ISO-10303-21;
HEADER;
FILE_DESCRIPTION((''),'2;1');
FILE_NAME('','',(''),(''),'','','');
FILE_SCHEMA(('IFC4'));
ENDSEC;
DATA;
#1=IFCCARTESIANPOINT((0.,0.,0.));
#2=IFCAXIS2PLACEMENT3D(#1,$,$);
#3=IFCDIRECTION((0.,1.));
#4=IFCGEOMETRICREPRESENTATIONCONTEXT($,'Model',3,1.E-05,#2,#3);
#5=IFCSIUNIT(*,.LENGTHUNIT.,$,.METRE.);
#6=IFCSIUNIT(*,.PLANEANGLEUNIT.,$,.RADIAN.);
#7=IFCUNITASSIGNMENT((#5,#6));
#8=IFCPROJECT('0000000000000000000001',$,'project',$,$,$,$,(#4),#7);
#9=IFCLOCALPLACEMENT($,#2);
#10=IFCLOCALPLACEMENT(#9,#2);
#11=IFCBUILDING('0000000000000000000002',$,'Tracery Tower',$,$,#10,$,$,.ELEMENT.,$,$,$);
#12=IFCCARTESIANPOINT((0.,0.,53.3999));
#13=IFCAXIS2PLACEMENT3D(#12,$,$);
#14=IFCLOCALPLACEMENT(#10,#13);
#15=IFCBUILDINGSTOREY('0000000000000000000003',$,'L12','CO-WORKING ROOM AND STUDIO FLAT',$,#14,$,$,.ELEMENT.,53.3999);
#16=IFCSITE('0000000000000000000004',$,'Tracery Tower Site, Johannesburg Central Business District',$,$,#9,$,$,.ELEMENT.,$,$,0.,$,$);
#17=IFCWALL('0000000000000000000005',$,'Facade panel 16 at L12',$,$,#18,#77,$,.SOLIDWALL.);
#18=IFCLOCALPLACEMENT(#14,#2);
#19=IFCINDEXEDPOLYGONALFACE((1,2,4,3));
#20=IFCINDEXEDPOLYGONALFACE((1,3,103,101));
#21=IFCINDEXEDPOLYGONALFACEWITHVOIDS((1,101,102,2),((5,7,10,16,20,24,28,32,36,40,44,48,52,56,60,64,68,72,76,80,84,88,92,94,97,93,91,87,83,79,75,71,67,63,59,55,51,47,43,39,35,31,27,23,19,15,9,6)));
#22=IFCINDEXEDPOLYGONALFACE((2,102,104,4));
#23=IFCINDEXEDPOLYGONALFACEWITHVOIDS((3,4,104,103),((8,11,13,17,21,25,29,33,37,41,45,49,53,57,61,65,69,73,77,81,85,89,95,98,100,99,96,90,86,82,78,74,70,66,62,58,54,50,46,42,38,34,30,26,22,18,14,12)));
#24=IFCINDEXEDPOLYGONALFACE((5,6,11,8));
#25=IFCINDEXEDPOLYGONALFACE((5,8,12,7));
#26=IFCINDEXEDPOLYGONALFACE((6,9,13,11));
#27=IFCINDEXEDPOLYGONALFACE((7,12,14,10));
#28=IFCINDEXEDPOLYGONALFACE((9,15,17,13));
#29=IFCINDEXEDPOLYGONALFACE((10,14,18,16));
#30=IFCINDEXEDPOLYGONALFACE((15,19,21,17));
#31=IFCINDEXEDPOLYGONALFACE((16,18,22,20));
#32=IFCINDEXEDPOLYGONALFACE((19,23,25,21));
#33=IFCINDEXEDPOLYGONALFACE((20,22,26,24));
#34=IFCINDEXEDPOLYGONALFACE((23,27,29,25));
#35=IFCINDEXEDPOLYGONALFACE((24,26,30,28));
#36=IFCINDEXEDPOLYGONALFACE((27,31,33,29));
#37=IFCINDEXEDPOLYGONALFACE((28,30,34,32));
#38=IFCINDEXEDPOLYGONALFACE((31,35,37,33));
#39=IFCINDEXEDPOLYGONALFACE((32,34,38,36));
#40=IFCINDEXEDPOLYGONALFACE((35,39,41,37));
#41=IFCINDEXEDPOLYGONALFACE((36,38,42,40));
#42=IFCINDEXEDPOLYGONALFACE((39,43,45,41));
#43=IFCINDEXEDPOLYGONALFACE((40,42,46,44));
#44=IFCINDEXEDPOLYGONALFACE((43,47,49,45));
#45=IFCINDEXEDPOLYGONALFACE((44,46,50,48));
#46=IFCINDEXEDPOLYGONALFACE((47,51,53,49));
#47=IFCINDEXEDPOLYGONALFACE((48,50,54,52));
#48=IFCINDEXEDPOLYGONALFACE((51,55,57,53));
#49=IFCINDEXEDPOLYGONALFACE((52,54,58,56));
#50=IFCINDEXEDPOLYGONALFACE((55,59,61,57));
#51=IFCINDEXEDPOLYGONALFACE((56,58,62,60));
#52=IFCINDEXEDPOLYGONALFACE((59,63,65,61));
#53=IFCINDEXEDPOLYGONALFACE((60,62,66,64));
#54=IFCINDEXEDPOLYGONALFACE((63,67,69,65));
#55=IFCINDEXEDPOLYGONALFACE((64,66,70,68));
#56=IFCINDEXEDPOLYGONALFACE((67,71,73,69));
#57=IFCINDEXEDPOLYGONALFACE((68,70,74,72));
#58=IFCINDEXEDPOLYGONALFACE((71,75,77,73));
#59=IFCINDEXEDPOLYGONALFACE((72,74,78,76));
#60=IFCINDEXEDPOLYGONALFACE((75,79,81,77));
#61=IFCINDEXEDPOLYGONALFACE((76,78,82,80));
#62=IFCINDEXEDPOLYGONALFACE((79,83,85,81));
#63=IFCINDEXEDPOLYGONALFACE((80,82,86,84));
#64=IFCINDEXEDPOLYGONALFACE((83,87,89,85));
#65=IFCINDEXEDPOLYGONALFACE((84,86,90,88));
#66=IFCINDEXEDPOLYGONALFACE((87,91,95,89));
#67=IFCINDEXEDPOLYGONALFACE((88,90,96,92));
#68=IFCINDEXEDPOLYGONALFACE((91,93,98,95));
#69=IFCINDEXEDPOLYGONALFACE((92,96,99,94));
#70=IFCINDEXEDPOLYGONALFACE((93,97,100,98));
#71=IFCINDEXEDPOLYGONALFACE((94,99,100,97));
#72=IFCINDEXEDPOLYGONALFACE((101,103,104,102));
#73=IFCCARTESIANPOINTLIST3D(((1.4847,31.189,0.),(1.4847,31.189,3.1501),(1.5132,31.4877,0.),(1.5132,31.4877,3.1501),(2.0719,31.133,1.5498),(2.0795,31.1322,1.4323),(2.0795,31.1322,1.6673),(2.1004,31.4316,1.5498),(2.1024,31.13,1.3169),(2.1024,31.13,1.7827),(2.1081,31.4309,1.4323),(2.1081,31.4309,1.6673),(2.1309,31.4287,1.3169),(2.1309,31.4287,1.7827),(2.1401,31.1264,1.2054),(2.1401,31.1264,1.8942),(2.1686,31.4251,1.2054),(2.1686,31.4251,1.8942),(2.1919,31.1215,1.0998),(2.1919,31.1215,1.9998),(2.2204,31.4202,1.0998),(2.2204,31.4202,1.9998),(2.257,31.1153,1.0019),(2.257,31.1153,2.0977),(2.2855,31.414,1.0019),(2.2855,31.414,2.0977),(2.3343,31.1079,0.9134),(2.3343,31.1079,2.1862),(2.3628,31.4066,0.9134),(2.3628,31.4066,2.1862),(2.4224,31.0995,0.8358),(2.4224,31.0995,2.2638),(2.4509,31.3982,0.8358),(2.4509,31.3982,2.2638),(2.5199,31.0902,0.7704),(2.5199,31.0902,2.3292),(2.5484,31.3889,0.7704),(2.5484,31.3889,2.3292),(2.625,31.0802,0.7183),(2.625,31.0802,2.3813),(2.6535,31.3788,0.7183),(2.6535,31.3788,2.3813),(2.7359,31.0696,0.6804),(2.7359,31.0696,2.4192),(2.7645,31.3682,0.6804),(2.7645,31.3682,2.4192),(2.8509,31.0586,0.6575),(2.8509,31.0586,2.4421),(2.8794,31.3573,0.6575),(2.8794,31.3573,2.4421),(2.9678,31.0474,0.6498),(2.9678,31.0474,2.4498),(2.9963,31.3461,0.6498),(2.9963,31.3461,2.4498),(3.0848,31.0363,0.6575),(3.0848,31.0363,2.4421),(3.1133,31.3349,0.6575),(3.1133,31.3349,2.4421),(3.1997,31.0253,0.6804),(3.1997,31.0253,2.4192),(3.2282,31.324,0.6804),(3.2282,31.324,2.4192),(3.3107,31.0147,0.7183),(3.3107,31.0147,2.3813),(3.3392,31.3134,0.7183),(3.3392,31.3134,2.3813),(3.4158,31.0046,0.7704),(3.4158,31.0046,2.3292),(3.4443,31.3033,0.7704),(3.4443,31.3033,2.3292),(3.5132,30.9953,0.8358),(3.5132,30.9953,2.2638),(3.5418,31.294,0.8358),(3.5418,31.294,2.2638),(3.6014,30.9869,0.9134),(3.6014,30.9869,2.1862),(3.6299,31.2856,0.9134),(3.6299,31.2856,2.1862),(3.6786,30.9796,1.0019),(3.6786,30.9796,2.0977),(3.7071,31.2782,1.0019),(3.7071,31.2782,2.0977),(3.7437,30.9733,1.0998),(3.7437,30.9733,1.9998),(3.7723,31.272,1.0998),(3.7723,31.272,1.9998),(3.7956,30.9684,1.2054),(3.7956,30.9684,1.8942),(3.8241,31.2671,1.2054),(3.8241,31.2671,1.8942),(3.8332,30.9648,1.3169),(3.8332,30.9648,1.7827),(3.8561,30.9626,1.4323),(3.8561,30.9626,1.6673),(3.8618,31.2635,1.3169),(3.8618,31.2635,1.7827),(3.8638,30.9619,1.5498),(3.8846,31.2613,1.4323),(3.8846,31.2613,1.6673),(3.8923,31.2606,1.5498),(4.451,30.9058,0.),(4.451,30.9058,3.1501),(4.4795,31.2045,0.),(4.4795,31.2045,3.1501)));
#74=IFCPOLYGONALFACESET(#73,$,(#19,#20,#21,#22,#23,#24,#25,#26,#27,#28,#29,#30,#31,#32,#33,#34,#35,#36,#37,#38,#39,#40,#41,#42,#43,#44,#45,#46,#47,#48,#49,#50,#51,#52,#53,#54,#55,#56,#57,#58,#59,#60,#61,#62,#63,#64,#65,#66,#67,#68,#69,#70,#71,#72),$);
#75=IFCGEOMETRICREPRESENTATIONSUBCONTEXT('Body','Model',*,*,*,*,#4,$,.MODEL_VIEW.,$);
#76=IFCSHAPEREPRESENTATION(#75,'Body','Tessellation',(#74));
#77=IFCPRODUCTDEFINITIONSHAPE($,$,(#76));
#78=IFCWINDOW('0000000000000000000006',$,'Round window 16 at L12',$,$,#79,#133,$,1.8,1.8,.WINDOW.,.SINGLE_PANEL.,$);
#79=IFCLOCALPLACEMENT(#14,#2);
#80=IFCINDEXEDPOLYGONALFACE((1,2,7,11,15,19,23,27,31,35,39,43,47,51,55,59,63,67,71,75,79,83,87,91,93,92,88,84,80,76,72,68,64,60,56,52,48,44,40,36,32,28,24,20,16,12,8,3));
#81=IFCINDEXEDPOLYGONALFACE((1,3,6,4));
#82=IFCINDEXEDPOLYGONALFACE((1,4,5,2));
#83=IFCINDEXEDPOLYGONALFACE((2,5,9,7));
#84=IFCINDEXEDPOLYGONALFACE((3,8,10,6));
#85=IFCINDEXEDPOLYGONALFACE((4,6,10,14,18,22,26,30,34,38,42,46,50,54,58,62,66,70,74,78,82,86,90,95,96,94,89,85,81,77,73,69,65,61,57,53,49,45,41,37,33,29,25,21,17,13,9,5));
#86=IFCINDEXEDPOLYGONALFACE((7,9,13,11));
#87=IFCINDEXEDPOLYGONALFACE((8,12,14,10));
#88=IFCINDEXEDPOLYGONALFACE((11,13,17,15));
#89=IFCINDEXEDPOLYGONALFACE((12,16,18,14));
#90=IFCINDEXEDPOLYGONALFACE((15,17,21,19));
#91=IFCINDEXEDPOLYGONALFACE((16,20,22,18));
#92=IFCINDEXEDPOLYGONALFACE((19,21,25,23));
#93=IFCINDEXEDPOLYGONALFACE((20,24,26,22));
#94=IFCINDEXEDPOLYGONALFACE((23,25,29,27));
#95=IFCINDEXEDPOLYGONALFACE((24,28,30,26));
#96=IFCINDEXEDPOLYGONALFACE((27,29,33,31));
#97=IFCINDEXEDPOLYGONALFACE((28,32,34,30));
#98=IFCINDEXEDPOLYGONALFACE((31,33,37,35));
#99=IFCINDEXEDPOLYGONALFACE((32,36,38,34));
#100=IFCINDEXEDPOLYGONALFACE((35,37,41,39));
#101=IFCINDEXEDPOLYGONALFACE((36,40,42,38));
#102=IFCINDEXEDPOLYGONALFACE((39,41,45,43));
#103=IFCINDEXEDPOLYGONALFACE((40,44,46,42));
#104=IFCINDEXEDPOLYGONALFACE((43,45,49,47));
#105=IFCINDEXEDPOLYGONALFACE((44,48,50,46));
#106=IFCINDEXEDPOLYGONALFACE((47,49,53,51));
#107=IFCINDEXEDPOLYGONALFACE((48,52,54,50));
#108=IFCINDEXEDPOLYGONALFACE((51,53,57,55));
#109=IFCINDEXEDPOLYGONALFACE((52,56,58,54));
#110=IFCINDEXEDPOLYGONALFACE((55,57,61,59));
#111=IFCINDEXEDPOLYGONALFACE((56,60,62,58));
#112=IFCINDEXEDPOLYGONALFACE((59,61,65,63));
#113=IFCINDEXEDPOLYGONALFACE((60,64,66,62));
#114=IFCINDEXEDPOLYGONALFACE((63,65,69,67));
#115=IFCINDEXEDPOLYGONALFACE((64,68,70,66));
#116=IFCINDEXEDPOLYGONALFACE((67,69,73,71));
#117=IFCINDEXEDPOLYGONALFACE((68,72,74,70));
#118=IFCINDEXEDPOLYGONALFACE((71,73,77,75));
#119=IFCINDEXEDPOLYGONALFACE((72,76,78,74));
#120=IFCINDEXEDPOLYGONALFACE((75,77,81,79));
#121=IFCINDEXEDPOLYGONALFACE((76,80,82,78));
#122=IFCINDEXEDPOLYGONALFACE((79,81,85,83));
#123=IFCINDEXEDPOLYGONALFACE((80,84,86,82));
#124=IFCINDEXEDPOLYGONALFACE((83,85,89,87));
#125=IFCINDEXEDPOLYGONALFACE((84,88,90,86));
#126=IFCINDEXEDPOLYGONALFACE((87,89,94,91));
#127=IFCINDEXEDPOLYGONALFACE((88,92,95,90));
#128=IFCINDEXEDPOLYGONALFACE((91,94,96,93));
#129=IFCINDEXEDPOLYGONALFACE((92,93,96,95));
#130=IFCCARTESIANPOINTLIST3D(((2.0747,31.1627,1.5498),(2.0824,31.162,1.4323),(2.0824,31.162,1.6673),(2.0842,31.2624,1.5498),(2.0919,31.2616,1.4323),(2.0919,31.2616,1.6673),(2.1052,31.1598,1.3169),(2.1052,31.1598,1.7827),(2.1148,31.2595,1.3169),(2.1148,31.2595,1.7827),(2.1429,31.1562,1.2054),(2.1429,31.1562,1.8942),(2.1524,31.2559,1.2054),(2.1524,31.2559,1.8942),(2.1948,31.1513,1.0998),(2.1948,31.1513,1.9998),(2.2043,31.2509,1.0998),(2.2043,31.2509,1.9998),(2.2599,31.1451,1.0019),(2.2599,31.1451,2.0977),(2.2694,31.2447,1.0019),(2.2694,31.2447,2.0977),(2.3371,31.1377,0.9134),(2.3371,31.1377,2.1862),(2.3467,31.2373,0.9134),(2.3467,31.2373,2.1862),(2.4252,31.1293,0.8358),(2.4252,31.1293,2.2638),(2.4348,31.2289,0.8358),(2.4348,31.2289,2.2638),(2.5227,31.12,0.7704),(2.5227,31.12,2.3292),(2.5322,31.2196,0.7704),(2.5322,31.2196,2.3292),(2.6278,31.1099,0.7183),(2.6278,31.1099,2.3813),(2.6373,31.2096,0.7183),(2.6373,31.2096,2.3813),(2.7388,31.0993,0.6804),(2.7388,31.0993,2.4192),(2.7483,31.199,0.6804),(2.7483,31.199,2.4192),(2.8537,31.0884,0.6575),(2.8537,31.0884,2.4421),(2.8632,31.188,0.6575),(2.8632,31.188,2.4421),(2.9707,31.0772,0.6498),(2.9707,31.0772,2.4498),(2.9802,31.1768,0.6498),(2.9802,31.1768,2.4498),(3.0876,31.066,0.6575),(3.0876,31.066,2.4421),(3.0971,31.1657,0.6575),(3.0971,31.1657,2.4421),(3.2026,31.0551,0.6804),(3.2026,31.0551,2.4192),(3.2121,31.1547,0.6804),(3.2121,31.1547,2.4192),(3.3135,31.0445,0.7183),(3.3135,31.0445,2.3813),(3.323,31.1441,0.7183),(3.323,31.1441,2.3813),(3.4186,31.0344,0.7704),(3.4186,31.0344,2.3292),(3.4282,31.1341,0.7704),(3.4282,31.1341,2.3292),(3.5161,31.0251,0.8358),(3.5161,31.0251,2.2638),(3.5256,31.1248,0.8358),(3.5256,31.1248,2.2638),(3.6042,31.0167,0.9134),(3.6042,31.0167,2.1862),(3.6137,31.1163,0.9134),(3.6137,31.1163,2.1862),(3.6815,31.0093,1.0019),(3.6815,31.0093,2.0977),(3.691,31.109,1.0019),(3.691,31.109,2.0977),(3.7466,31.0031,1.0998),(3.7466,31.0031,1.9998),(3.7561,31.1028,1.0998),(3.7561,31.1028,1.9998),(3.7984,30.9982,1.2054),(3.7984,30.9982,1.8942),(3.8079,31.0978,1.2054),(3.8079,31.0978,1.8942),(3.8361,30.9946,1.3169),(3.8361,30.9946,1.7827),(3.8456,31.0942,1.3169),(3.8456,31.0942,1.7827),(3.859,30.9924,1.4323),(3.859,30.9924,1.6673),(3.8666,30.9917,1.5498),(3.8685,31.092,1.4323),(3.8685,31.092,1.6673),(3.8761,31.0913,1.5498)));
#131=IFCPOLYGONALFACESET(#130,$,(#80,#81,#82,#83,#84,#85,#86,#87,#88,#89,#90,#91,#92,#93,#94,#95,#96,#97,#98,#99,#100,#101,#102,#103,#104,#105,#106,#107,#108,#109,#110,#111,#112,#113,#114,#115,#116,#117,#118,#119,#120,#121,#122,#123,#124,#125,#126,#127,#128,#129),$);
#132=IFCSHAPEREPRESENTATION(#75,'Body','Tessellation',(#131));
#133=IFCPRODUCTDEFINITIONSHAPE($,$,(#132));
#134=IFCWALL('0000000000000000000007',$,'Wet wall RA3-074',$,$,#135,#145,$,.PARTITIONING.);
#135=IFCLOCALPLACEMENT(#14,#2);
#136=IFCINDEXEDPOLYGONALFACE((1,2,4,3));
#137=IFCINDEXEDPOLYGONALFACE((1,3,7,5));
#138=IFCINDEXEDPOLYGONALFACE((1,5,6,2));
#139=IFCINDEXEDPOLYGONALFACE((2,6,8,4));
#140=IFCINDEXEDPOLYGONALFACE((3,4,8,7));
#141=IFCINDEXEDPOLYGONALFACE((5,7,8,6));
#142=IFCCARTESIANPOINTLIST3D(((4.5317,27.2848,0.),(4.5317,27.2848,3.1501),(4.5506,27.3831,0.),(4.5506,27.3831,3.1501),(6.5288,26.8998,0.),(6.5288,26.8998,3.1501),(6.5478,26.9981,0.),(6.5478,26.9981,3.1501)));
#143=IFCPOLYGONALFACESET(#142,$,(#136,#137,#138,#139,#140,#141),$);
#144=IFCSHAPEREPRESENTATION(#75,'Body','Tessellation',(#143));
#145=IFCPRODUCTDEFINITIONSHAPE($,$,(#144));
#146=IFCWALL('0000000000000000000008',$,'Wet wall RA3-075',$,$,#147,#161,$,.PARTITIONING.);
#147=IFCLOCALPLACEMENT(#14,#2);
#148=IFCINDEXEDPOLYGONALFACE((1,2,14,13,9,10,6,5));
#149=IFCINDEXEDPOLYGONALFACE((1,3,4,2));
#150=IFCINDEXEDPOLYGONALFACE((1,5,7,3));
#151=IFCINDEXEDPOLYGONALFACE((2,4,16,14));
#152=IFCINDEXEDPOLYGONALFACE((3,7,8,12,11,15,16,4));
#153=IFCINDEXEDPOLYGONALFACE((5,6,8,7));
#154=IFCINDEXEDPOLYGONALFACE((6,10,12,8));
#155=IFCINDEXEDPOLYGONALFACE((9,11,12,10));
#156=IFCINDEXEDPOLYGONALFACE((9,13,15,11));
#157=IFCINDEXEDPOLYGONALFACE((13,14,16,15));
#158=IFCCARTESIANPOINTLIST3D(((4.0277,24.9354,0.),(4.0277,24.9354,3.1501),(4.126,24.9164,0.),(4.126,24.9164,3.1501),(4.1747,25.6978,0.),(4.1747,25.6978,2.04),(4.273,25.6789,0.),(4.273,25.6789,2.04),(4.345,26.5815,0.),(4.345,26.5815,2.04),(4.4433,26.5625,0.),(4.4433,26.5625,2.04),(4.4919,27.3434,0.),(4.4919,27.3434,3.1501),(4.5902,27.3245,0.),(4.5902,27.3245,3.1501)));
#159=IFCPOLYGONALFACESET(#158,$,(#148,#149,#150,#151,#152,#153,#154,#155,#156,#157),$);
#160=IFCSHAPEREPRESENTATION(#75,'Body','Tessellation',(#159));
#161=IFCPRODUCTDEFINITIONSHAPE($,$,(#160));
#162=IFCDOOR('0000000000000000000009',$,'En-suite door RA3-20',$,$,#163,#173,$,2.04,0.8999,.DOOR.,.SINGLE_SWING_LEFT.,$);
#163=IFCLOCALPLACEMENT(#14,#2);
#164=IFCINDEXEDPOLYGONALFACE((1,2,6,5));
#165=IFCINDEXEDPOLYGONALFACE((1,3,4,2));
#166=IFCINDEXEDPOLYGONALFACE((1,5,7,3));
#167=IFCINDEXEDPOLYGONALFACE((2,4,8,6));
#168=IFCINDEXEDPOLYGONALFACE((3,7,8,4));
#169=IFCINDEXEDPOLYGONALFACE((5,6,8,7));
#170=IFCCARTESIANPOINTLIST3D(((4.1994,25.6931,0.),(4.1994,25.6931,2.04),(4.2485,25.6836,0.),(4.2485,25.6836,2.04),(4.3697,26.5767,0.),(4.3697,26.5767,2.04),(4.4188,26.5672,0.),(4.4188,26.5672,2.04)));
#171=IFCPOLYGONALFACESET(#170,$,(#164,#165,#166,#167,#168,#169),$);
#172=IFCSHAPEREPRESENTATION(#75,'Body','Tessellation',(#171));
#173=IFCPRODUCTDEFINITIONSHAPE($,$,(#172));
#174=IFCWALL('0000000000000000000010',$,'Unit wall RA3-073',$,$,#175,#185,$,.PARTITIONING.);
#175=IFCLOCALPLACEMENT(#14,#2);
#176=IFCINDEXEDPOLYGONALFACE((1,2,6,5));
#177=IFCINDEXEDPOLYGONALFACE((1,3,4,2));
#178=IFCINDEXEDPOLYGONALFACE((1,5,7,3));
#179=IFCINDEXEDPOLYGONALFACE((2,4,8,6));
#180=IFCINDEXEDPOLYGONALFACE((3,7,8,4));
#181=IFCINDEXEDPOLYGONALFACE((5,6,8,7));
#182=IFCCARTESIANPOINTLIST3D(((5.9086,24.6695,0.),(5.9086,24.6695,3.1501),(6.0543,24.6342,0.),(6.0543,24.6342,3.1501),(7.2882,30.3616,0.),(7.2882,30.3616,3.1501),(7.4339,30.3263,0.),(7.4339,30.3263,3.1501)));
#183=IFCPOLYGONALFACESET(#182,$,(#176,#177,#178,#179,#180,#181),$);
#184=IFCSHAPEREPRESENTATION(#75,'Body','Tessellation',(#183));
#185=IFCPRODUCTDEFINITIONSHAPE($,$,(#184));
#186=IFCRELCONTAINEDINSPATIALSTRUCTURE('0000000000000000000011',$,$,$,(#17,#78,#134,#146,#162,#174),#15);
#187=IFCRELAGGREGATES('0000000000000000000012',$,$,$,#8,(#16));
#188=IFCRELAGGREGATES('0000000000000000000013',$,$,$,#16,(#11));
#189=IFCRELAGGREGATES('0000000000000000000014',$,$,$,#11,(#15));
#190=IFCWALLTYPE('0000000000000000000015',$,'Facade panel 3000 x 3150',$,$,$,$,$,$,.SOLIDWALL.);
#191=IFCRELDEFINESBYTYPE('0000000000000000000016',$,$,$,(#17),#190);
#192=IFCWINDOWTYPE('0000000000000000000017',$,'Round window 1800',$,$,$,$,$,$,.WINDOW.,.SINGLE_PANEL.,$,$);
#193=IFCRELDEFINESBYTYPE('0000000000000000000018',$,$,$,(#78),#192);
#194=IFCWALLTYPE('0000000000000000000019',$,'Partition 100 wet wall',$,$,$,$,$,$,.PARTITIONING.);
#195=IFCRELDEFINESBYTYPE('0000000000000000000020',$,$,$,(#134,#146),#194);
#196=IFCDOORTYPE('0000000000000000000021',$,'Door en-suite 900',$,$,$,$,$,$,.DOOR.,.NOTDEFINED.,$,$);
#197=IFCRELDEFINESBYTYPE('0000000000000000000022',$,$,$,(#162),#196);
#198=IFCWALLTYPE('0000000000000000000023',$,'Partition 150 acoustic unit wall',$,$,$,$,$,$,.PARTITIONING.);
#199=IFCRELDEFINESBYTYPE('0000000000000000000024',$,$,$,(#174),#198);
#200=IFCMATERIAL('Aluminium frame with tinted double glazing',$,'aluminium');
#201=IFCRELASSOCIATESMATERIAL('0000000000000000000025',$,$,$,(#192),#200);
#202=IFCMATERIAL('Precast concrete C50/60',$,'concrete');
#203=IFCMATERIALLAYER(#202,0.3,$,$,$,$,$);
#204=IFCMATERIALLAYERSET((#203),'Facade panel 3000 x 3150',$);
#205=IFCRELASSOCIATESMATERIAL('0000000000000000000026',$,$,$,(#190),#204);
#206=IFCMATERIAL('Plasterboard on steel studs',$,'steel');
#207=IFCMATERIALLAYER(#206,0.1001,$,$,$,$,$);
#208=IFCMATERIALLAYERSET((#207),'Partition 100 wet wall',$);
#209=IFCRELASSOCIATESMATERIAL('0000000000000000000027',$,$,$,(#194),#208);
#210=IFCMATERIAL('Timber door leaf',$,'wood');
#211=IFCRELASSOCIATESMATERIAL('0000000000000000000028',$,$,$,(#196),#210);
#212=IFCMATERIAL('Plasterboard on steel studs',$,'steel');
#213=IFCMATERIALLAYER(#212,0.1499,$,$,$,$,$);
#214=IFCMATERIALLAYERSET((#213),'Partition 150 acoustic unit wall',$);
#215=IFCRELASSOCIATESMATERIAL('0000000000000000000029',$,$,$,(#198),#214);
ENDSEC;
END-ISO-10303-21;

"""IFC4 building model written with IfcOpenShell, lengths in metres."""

from ifc_helpers import new_model, si_unit, direction, frame, frame_2d, origin, origin_2d, place, context, subcontext, project, spatial, rectangle, circle, extrude, material, layer, layer_set, type_object, element, fill, save


model = new_model("IFC4")

# Units and contexts
model_context = context("Model", 3, precision=1e-05, world=origin(), true_north=direction((0.0, 1.0)))
body_context = subcontext(model_context, "Body", "Model", "MODEL_VIEW")
ifc_project = project(units=[si_unit("LENGTHUNIT", "METRE"), si_unit("PLANEANGLEUNIT", "RADIAN")], contexts=[model_context])

# Site, building, storey
site_placement = place(None, origin())
site = spatial("IfcSite", under=ifc_project, at=site_placement, Name="Tracery Tower Site, Johannesburg Central Business District", CompositionType="ELEMENT", RefElevation=0.0)
building_placement = place(site_placement, origin())
building = spatial("IfcBuilding", under=site, at=building_placement, Name="Tracery Tower", CompositionType="ELEMENT")
storey_placement = place(building_placement, frame((0.0, 0.0, 53.3999)))
storey = spatial("IfcBuildingStorey", under=building, at=storey_placement, Name="L12", Description="CO-WORKING ROOM AND STUDIO FLAT", CompositionType="ELEMENT", Elevation=53.3999)

# Wall, opening, window
ifc_material_1 = material(Name="Aluminium frame with tinted double glazing", Category="aluminium")
window_type = type_object("IfcWindowType", Name="Round window 1800", PartitioningType="SINGLE_PANEL", PredefinedType="WINDOW", material=ifc_material_1)
ifc_material_2 = material(Name="Precast concrete C50/60", Category="concrete")
ifc_layer_1 = layer(ifc_material_2, 0.3)
ifc_layer_set_1 = layer_set([ifc_layer_1], Name="Facade panel 3000 x 3150")
wall_type_1 = type_object("IfcWallType", Name="Facade panel 3000 x 3150", PredefinedType="SOLIDWALL", material=ifc_layer_set_1)
wall_1_placement = place(storey_placement, frame((4.4651, 31.0552, 0.0), z_axis=(0.0, 0.0, 1.0), x_axis=(-0.995473, 0.095041, 0.0)))
wall_1 = element("IfcWall", 1, at=wall_1_placement, inside=storey, type_object=wall_type_1, Name="Facade panel 16 at L12", PredefinedType="SOLIDWALL", context=body_context, shape_type="SweptSolid", body=[
    extrude(rectangle(XDim=2.9797, YDim=0.3, at=frame_2d((1.4897, 0.0))), origin(), (0.0, 0.0, 1.0), 3.1501),
])
opening_1_placement = place(wall_1_placement, frame((1.4897, 0.0, 1.5498)))
opening_1 = element("IfcOpeningElement", 2, at=opening_1_placement, cuts=wall_1, PredefinedType="OPENING", context=body_context, shape_type="SweptSolid", body=[
    extrude(circle(Radius=0.9, at=origin_2d()), frame((0.0, 0.1599, 0.0), z_axis=(0.0, -1.0, 0.0), x_axis=(1.0, 0.0, 0.0)), (0.0, 0.0, 1.0), 0.3201),
])
window_1_placement = place(opening_1_placement, origin())
window_1 = element("IfcWindow", 3, at=window_1_placement, inside=storey, type_object=window_type, Name="Round window 16 at L12", OverallHeight=1.8, OverallWidth=1.8, PartitioningType="SINGLE_PANEL", PredefinedType="WINDOW", context=body_context, shape_type="SweptSolid", body=[
    extrude(circle(Radius=0.9, at=origin_2d()), frame((0.0, 0.1201, 0.0), z_axis=(0.0, -1.0, 0.0), x_axis=(1.0, 0.0, 0.0)), (0.0, 0.0, 1.0), 0.1001),
])
fill(opening_1, window_1)

# Wall
ifc_material_3 = material(Name="Plasterboard on steel studs", Category="steel")
ifc_layer_2 = layer(ifc_material_3, 0.1001)
ifc_layer_set_2 = layer_set([ifc_layer_2], Name="Partition 100 wet wall")
wall_type_2 = type_object("IfcWallType", Name="Partition 100 wet wall", PredefinedType="PARTITIONING", material=ifc_layer_set_2)
wall_2_placement = place(storey_placement, frame((4.541, 27.334, 0.0), z_axis=(0.0, 0.0, 1.0), x_axis=(0.981919, -0.189302, 0.0)))
element("IfcWall", 4, at=wall_2_placement, inside=storey, type_object=wall_type_2, Name="Wet wall RA3-074", PredefinedType="PARTITIONING", context=body_context, shape_type="SweptSolid", body=[
    extrude(rectangle(XDim=2.0339, YDim=0.1001, at=frame_2d((1.0171, 0.0))), origin(), (0.0, 0.0, 1.0), 3.1501),
])

# Wall, opening, door
wall_3_placement = place(storey_placement, frame((4.0769, 24.926, 0.0), z_axis=(0.0, 0.0, 1.0), x_axis=(0.189257, 0.981928, 0.0)))
wall_3 = element("IfcWall", 5, at=wall_3_placement, inside=storey, type_object=wall_type_2, Name="Wet wall RA3-075", PredefinedType="PARTITIONING", context=body_context, shape_type="SweptSolid", body=[
    extrude(rectangle(XDim=2.4524, YDim=0.1001, at=frame_2d((1.2261, 0.0))), origin(), (0.0, 0.0, 1.0), 3.1501),
])
opening_2_placement = place(wall_3_placement, frame((0.7764, 0.0, 0.0)))
opening_2 = element("IfcOpeningElement", 6, at=opening_2_placement, cuts=wall_3, PredefinedType="OPENING", context=body_context, shape_type="SweptSolid", body=[
    extrude(rectangle(XDim=0.8999, YDim=2.04, at=frame_2d((0.45, 1.02))), frame((0.0, 0.05, 0.0), z_axis=(0.0, -1.0, 0.0), x_axis=(1.0, 0.0, 0.0)), (0.0, 0.0, 1.0), 0.1001),
])
ifc_material_4 = material(Name="Timber door leaf", Category="wood")
door_type = type_object("IfcDoorType", Name="Door en-suite 900", OperationType="NOTDEFINED", PredefinedType="DOOR", material=ifc_material_4)
door_placement = place(opening_2_placement, origin())
door = element("IfcDoor", 7, at=door_placement, inside=storey, type_object=door_type, Name="En-suite door RA3-20", OperationType="SINGLE_SWING_LEFT", OverallHeight=2.04, OverallWidth=0.8999, PredefinedType="DOOR", context=body_context, shape_type="SweptSolid", body=[
    extrude(rectangle(XDim=0.8999, YDim=2.04, at=frame_2d((0.45, 1.02))), frame((0.0, 0.0249, 0.0), z_axis=(0.0, -1.0, 0.0), x_axis=(1.0, 0.0, 0.0)), (0.0, 0.0, 1.0), 0.05),
])
fill(opening_2, door)

# Wall
ifc_material_5 = material(Name="Plasterboard on steel studs", Category="steel")
ifc_layer_3 = layer(ifc_material_5, 0.1499)
ifc_layer_set_3 = layer_set([ifc_layer_3], Name="Partition 150 acoustic unit wall")
wall_type_3 = type_object("IfcWallType", Name="Partition 150 acoustic unit wall", PredefinedType="PARTITIONING", material=ifc_layer_set_3)
wall_4_placement = place(storey_placement, frame((5.9814, 24.6519, 0.0), z_axis=(0.0, 0.0, 1.0), x_axis=(0.235556, 0.971861, 0.0)))
element("IfcWall", 8, at=wall_4_placement, inside=storey, type_object=wall_type_3, Name="Unit wall RA3-073", PredefinedType="PARTITIONING", context=body_context, shape_type="SweptSolid", body=[
    extrude(rectangle(XDim=5.8569, YDim=0.1499, at=frame_2d((2.9285, 0.0))), origin(), (0.0, 0.0, 1.0), 3.1501),
])

save(model, "model.ifc")
